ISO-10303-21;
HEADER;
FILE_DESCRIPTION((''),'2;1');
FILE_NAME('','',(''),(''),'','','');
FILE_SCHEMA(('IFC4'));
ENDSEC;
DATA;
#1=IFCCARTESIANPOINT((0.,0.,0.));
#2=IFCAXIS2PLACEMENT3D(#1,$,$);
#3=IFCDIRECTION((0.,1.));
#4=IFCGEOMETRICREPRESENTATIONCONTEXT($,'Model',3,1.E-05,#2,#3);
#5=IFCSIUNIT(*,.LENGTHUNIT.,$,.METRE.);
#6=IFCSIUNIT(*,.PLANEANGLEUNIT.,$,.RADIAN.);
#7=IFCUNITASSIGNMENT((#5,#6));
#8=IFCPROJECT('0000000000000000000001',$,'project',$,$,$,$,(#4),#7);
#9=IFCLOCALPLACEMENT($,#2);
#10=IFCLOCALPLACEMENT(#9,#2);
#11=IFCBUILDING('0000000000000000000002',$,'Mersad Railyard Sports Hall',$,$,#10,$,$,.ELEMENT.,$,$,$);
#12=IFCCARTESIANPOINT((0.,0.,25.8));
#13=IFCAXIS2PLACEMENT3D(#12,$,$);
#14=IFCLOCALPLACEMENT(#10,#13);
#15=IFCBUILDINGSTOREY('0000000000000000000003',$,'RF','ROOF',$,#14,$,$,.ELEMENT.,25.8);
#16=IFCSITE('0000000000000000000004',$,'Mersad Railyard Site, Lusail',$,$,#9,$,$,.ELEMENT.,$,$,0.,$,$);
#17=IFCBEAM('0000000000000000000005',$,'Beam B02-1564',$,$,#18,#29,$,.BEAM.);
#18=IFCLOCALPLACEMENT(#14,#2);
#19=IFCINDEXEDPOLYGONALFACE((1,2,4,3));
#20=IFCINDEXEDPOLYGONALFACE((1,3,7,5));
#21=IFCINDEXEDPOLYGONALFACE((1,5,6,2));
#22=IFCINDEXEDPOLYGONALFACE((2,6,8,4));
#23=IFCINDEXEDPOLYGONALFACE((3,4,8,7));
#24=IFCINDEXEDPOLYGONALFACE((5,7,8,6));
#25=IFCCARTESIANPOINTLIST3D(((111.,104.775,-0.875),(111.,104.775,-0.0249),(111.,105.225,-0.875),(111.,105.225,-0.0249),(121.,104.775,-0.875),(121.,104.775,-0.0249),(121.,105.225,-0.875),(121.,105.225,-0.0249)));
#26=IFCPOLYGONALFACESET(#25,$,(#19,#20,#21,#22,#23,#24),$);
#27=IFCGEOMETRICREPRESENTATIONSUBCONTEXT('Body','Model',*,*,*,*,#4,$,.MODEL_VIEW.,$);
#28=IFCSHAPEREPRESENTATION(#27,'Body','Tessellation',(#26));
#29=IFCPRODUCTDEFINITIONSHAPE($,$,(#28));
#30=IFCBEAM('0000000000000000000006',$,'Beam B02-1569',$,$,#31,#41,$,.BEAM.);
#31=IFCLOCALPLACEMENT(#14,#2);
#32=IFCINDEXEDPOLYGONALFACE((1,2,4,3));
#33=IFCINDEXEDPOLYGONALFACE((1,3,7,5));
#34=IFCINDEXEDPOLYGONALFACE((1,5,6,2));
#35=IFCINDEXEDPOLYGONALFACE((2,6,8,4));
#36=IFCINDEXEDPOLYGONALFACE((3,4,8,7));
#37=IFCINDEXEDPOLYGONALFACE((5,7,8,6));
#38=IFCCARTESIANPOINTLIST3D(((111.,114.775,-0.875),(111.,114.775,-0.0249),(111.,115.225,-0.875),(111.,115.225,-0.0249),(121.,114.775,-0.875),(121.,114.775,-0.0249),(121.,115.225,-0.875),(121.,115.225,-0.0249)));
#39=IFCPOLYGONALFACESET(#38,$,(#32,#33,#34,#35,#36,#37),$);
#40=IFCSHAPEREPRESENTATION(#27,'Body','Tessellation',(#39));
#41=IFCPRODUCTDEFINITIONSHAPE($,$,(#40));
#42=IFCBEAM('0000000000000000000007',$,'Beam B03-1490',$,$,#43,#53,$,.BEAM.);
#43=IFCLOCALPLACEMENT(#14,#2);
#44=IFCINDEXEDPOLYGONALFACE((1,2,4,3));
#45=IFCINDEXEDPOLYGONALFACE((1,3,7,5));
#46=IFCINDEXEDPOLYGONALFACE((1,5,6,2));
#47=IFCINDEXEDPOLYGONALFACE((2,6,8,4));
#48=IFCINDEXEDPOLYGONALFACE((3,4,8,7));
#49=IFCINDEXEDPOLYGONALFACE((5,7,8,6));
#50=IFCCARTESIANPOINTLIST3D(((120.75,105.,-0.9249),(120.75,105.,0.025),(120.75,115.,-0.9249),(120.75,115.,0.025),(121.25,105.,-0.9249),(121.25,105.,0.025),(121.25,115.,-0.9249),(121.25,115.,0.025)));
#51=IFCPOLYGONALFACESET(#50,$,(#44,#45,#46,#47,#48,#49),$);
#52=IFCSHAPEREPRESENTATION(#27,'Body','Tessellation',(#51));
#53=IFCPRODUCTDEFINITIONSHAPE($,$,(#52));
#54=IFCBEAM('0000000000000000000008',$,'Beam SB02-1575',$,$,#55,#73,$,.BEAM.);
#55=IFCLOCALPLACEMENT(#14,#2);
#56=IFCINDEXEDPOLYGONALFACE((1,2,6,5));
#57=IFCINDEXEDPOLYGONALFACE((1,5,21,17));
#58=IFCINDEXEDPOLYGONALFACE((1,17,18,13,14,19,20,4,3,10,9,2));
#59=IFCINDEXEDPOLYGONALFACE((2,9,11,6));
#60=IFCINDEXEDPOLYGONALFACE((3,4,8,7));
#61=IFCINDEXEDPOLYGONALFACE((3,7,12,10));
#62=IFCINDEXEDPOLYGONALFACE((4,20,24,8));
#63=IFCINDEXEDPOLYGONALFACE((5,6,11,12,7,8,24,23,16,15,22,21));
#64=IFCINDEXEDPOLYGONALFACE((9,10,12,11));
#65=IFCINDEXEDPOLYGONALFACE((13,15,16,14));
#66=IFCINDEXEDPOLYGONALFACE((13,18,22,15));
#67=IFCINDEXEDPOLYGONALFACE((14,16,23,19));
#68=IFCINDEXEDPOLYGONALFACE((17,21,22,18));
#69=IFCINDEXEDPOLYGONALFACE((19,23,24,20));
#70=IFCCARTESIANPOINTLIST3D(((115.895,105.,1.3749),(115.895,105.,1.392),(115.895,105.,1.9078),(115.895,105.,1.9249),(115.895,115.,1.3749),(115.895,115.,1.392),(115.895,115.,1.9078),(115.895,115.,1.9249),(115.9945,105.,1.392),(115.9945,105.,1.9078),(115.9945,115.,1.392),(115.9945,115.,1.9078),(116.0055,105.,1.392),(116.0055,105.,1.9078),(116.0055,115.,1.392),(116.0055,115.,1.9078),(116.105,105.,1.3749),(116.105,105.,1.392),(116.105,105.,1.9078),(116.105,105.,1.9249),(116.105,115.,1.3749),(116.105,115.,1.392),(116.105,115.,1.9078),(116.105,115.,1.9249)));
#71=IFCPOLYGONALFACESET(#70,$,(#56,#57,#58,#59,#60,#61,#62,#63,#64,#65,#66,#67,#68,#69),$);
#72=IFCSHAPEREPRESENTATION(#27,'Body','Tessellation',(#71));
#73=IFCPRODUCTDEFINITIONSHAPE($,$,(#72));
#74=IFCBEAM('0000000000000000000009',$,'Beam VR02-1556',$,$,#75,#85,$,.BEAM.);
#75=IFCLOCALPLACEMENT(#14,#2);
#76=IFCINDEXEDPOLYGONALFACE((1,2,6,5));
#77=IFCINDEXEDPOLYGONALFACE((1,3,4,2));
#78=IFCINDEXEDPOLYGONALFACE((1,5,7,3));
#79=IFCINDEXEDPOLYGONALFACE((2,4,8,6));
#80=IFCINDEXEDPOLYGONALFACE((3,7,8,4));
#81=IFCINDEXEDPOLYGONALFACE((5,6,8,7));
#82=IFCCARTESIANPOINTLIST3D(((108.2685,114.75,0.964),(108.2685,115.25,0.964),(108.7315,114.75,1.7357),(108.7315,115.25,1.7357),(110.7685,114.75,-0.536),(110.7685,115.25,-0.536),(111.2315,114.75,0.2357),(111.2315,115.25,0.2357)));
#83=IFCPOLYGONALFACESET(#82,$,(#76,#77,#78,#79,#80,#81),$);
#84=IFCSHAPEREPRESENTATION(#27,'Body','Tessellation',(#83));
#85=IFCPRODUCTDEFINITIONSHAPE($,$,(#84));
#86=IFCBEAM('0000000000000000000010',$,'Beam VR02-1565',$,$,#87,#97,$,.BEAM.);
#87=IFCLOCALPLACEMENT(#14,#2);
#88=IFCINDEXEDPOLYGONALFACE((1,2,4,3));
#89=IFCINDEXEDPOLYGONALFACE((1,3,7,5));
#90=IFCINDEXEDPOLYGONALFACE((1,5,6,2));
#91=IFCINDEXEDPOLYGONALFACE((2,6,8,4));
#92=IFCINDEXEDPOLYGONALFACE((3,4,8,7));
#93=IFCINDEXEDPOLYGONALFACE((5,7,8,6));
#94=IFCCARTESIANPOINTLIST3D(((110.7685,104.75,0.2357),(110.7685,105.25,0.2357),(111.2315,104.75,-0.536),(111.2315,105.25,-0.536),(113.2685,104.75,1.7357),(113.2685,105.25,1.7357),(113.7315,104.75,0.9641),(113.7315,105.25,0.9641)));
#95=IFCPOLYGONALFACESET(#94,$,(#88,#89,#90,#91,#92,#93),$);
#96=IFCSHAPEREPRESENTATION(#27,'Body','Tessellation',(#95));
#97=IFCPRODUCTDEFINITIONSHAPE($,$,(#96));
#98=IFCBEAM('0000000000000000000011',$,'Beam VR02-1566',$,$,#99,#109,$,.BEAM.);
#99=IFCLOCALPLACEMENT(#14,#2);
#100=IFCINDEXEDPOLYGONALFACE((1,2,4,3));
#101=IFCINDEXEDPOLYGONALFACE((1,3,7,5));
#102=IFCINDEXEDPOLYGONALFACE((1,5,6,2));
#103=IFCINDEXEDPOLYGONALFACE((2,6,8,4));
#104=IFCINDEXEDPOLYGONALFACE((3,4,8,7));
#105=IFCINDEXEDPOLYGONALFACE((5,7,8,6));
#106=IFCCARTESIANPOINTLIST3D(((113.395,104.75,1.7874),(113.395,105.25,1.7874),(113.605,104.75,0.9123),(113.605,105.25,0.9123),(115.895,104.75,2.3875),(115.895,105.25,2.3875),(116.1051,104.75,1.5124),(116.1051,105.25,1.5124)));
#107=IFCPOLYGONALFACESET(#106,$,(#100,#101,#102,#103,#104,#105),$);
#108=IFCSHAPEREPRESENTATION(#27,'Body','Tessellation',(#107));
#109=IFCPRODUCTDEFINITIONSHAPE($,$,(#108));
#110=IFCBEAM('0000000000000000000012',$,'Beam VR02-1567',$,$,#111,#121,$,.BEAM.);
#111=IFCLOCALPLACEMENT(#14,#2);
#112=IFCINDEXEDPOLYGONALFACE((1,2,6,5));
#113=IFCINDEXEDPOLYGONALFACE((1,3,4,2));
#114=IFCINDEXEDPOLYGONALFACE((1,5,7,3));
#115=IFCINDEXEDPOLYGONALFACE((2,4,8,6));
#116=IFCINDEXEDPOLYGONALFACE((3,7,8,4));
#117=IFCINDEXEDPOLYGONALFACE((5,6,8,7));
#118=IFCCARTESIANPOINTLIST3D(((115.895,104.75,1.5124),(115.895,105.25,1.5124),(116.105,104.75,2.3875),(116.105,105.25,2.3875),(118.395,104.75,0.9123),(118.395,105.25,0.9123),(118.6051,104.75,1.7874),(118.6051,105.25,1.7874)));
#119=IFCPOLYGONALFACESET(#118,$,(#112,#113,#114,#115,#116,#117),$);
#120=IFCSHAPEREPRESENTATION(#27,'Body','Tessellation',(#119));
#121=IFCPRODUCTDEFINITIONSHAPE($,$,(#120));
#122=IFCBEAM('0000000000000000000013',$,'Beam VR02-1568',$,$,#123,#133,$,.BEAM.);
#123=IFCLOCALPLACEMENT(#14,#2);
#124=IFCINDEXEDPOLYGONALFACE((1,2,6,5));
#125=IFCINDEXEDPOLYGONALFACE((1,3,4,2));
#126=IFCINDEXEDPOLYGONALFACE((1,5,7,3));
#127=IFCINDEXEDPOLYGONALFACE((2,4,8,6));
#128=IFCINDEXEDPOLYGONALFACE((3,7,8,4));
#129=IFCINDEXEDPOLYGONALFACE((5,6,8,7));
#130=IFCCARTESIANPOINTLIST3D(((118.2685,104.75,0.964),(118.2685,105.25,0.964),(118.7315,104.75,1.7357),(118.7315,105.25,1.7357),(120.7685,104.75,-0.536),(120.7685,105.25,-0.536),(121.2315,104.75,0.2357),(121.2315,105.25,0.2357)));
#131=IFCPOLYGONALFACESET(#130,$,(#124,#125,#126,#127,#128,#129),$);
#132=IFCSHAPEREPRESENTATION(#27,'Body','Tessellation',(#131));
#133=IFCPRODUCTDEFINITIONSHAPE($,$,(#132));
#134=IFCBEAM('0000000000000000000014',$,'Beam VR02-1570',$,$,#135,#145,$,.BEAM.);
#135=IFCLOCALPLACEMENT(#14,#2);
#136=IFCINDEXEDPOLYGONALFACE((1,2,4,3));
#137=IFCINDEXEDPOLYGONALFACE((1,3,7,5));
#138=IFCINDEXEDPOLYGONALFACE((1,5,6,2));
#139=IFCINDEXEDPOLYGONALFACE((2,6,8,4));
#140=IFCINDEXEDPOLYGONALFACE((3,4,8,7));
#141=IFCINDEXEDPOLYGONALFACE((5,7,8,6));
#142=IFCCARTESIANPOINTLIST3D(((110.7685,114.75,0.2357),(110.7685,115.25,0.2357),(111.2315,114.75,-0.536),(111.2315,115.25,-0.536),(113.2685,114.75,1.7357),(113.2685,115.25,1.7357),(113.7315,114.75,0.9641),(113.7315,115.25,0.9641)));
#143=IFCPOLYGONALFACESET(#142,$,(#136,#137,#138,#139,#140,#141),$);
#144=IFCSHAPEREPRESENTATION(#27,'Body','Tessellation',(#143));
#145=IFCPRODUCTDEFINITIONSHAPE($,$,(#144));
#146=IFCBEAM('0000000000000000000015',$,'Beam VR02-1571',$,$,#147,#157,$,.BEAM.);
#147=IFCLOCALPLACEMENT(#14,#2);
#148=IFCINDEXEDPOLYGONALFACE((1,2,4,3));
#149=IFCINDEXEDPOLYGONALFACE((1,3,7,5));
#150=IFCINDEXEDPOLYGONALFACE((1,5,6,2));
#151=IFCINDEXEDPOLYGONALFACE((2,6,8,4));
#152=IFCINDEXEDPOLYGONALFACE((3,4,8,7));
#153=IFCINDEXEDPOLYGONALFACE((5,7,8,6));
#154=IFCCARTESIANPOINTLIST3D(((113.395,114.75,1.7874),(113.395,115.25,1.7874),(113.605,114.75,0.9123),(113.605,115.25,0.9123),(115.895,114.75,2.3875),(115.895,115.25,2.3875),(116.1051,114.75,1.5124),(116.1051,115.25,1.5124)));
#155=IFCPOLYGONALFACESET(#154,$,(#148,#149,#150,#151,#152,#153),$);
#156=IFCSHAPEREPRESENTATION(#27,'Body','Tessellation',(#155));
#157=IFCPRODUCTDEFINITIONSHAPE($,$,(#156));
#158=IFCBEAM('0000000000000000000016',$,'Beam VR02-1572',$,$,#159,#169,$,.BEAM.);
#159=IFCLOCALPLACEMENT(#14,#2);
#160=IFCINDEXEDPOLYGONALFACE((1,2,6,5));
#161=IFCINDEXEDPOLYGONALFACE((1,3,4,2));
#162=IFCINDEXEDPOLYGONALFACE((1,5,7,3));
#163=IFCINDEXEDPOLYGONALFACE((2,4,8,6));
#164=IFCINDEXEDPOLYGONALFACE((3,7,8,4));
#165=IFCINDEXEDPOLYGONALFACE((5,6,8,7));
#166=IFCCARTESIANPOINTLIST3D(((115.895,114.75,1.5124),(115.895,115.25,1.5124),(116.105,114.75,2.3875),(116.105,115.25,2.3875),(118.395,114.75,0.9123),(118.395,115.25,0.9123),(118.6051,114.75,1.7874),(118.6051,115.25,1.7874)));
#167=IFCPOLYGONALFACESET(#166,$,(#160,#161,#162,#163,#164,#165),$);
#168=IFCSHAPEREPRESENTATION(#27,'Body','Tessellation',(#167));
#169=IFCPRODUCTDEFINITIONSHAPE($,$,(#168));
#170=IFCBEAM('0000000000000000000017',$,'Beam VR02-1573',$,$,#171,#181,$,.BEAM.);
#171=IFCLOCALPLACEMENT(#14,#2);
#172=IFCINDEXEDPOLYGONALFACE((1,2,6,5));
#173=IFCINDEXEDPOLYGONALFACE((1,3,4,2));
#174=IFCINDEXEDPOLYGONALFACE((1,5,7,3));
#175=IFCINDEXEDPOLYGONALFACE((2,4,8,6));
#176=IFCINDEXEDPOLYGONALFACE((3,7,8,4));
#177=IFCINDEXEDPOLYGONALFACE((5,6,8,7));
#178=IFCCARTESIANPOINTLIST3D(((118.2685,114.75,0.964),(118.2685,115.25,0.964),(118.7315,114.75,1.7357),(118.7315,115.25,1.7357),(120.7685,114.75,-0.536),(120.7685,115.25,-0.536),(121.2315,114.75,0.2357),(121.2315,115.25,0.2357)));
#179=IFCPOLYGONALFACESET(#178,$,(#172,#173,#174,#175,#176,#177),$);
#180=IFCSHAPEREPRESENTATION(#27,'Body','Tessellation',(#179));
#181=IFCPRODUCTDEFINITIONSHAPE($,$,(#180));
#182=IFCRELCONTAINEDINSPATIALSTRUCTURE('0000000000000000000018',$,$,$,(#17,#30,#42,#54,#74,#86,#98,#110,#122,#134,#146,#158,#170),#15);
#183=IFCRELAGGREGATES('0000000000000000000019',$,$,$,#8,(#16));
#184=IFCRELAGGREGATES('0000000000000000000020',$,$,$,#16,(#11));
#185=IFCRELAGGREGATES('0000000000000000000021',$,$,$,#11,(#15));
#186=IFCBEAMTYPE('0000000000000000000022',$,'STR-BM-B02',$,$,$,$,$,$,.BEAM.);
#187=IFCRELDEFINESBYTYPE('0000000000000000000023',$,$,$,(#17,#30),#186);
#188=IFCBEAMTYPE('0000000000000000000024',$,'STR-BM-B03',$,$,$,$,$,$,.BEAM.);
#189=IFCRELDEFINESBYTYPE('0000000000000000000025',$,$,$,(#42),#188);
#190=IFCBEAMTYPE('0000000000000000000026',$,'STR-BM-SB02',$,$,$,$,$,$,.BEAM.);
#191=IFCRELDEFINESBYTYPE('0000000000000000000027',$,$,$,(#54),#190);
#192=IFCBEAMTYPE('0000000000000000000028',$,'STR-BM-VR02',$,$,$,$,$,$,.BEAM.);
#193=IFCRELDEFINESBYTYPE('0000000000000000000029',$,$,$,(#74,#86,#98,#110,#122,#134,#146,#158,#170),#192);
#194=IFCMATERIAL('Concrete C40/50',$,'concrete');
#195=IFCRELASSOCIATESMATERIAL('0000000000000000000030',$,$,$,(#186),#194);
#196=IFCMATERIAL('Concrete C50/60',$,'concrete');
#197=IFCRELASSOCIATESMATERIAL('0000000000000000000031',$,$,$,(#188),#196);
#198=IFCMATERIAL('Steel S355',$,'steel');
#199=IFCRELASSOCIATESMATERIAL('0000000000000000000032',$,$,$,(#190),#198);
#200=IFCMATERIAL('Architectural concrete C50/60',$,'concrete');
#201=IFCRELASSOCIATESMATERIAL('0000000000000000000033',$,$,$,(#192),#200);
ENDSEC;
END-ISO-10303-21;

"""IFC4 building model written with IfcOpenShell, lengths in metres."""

from ifc_helpers import new_model, si_unit, direction, frame, origin, origin_2d, place, context, subcontext, project, spatial, rectangle, i_section, extrude, material, material_profile, profile_set, type_object, element, save


model = new_model("IFC4")

# Units and contexts
model_context = context("Model", 3, precision=1e-05, world=origin(), true_north=direction((0.0, 1.0)))
body_context = subcontext(model_context, "Body", "Model", "MODEL_VIEW")
ifc_project = project(units=[si_unit("LENGTHUNIT", "METRE"), si_unit("PLANEANGLEUNIT", "RADIAN")], contexts=[model_context])

# Site, building, storey
site_placement = place(None, origin())
site = spatial("IfcSite", under=ifc_project, at=site_placement, Name="Mersad Railyard Site, Lusail", CompositionType="ELEMENT", RefElevation=0.0)
building_placement = place(site_placement, origin())
building = spatial("IfcBuilding", under=site, at=building_placement, Name="Mersad Railyard Sports Hall", CompositionType="ELEMENT")
storey_placement = place(building_placement, frame((0.0, 0.0, 25.8)))
storey = spatial("IfcBuildingStorey", under=building, at=storey_placement, Name="RF", Description="ROOF", CompositionType="ELEMENT", Elevation=25.8)

# Beams
ifc_material_1 = material(Name="Concrete C40/50", Category="concrete")
ifc_material_profile_1 = material_profile(ifc_material_1, rectangle(XDim=0.45, YDim=0.8501, at=origin_2d()), Name="RC 450x850")
ifc_profile_set_1 = profile_set([ifc_material_profile_1], Name="Concrete C40/50")
beam_type_1 = type_object("IfcBeamType", Name="STR-BM-B02", PredefinedType="BEAM", material=ifc_profile_set_1)
for number, where, z_axis, x_axis, name in (
    (1, (111.0, 105.0, -0.45), (1.0, 0.0, 0.0), (0.0, 1.0, 0.0), "Beam B02-1564"),
    (2, (111.0, 115.0, -0.45), (1.0, 0.0, 0.0), (0.0, 1.0, 0.0), "Beam B02-1569"),
):
    element("IfcBeam", number, at=place(storey_placement, frame(where, z_axis=z_axis, x_axis=x_axis)), inside=storey, type_object=beam_type_1, Name=name, PredefinedType="BEAM", context=body_context, shape_type="SweptSolid", body=[
        extrude(rectangle(XDim=0.45, YDim=0.8501, at=origin_2d()), origin(), (0.0, 0.0, 1.0), 10.0),
    ])
ifc_material_2 = material(Name="Concrete C50/60", Category="concrete")
ifc_material_profile_2 = material_profile(ifc_material_2, rectangle(XDim=0.5, YDim=0.95, at=origin_2d()), Name="RC 500x950")
ifc_profile_set_2 = profile_set([ifc_material_profile_2], Name="Concrete C50/60")
beam_type_2 = type_object("IfcBeamType", Name="STR-BM-B03", PredefinedType="BEAM", material=ifc_profile_set_2)
beam_1_placement = place(storey_placement, frame((121.0, 105.0, -0.45), z_axis=(0.0, 1.0, 0.0), x_axis=(-1.0, 0.0, 0.0)))
element("IfcBeam", 3, at=beam_1_placement, inside=storey, type_object=beam_type_2, Name="Beam B03-1490", PredefinedType="BEAM", context=body_context, shape_type="SweptSolid", body=[
    extrude(rectangle(XDim=0.5, YDim=0.95, at=origin_2d()), origin(), (0.0, 0.0, 1.0), 10.0),
])
ifc_material_3 = material(Name="Steel S355", Category="steel")
ifc_material_profile_3 = material_profile(ifc_material_3, i_section(OverallWidth=0.21, OverallDepth=0.55, WebThickness=0.011, FlangeThickness=0.0171, at=origin_2d()), Name="IPE 550")
ifc_profile_set_3 = profile_set([ifc_material_profile_3], Name="Steel S355")
beam_type_3 = type_object("IfcBeamType", Name="STR-BM-SB02", PredefinedType="BEAM", material=ifc_profile_set_3)
beam_2_placement = place(storey_placement, frame((116.0, 105.0, 1.6499), z_axis=(0.0, 1.0, 0.0), x_axis=(-1.0, 0.0, 0.0)))
element("IfcBeam", 4, at=beam_2_placement, inside=storey, type_object=beam_type_3, Name="Beam SB02-1575", PredefinedType="BEAM", context=body_context, shape_type="SweptSolid", body=[
    extrude(i_section(OverallWidth=0.21, OverallDepth=0.55, WebThickness=0.011, FlangeThickness=0.0171, at=origin_2d()), origin(), (0.0, 0.0, 1.0), 10.0),
])
ifc_material_4 = material(Name="Architectural concrete C50/60", Category="concrete")
ifc_material_profile_4 = material_profile(ifc_material_4, rectangle(XDim=0.5, YDim=0.8999, at=origin_2d()), Name="VR 500x900")
ifc_profile_set_4 = profile_set([ifc_material_profile_4], Name="Architectural concrete C50/60")
beam_type_4 = type_object("IfcBeamType", Name="STR-BM-VR02", PredefinedType="BEAM", material=ifc_profile_set_4)
for number, where, z_axis, x_axis, name in (
    (5, (108.5, 115.0, 1.3499), (0.857493, 0.0, -0.514496), (0.0, 1.0, 0.0), "Beam VR02-1556"),
    (6, (111.0, 105.0, -0.1501), (0.857493, 0.0, 0.514496), (0.0, 1.0, 0.0), "Beam VR02-1565"),
):
    element("IfcBeam", number, at=place(storey_placement, frame(where, z_axis=z_axis, x_axis=x_axis)), inside=storey, type_object=beam_type_4, Name=name, PredefinedType="BEAM", context=body_context, shape_type="SweptSolid", body=[
        extrude(rectangle(XDim=0.5, YDim=0.8999, at=origin_2d()), origin(), (0.0, 0.0, 1.0), 2.9155),
    ])
for number, where, z_axis, x_axis, name in (
    (7, (113.5, 105.0, 1.3499), (0.972379, 0.0, 0.233409), (0.0, 1.0, 0.0), "Beam VR02-1566"),
    (8, (116.0, 105.0, 1.95), (0.972379, 0.0, -0.233409), (0.0, 1.0, 0.0), "Beam VR02-1567"),
):
    element("IfcBeam", number, at=place(storey_placement, frame(where, z_axis=z_axis, x_axis=x_axis)), inside=storey, type_object=beam_type_4, Name=name, PredefinedType="BEAM", context=body_context, shape_type="SweptSolid", body=[
        extrude(rectangle(XDim=0.5, YDim=0.8999, at=origin_2d()), origin(), (0.0, 0.0, 1.0), 2.571),
    ])
for number, where, z_axis, x_axis, name in (
    (9, (118.5, 105.0, 1.3499), (0.857493, 0.0, -0.514496), (0.0, 1.0, 0.0), "Beam VR02-1568"),
    (10, (111.0, 115.0, -0.1501), (0.857493, 0.0, 0.514496), (0.0, 1.0, 0.0), "Beam VR02-1570"),
):
    element("IfcBeam", number, at=place(storey_placement, frame(where, z_axis=z_axis, x_axis=x_axis)), inside=storey, type_object=beam_type_4, Name=name, PredefinedType="BEAM", context=body_context, shape_type="SweptSolid", body=[
        extrude(rectangle(XDim=0.5, YDim=0.8999, at=origin_2d()), origin(), (0.0, 0.0, 1.0), 2.9155),
    ])
for number, where, z_axis, x_axis, name in (
    (11, (113.5, 115.0, 1.3499), (0.972379, 0.0, 0.233409), (0.0, 1.0, 0.0), "Beam VR02-1571"),
    (12, (116.0, 115.0, 1.95), (0.972379, 0.0, -0.233409), (0.0, 1.0, 0.0), "Beam VR02-1572"),
):
    element("IfcBeam", number, at=place(storey_placement, frame(where, z_axis=z_axis, x_axis=x_axis)), inside=storey, type_object=beam_type_4, Name=name, PredefinedType="BEAM", context=body_context, shape_type="SweptSolid", body=[
        extrude(rectangle(XDim=0.5, YDim=0.8999, at=origin_2d()), origin(), (0.0, 0.0, 1.0), 2.571),
    ])
beam_3_placement = place(storey_placement, frame((118.5, 115.0, 1.3499), z_axis=(0.857493, 0.0, -0.514496), x_axis=(0.0, 1.0, 0.0)))
element("IfcBeam", 13, at=beam_3_placement, inside=storey, type_object=beam_type_4, Name="Beam VR02-1573", PredefinedType="BEAM", context=body_context, shape_type="SweptSolid", body=[
    extrude(rectangle(XDim=0.5, YDim=0.8999, at=origin_2d()), origin(), (0.0, 0.0, 1.0), 2.9155),
])

save(model, "model.ifc")
